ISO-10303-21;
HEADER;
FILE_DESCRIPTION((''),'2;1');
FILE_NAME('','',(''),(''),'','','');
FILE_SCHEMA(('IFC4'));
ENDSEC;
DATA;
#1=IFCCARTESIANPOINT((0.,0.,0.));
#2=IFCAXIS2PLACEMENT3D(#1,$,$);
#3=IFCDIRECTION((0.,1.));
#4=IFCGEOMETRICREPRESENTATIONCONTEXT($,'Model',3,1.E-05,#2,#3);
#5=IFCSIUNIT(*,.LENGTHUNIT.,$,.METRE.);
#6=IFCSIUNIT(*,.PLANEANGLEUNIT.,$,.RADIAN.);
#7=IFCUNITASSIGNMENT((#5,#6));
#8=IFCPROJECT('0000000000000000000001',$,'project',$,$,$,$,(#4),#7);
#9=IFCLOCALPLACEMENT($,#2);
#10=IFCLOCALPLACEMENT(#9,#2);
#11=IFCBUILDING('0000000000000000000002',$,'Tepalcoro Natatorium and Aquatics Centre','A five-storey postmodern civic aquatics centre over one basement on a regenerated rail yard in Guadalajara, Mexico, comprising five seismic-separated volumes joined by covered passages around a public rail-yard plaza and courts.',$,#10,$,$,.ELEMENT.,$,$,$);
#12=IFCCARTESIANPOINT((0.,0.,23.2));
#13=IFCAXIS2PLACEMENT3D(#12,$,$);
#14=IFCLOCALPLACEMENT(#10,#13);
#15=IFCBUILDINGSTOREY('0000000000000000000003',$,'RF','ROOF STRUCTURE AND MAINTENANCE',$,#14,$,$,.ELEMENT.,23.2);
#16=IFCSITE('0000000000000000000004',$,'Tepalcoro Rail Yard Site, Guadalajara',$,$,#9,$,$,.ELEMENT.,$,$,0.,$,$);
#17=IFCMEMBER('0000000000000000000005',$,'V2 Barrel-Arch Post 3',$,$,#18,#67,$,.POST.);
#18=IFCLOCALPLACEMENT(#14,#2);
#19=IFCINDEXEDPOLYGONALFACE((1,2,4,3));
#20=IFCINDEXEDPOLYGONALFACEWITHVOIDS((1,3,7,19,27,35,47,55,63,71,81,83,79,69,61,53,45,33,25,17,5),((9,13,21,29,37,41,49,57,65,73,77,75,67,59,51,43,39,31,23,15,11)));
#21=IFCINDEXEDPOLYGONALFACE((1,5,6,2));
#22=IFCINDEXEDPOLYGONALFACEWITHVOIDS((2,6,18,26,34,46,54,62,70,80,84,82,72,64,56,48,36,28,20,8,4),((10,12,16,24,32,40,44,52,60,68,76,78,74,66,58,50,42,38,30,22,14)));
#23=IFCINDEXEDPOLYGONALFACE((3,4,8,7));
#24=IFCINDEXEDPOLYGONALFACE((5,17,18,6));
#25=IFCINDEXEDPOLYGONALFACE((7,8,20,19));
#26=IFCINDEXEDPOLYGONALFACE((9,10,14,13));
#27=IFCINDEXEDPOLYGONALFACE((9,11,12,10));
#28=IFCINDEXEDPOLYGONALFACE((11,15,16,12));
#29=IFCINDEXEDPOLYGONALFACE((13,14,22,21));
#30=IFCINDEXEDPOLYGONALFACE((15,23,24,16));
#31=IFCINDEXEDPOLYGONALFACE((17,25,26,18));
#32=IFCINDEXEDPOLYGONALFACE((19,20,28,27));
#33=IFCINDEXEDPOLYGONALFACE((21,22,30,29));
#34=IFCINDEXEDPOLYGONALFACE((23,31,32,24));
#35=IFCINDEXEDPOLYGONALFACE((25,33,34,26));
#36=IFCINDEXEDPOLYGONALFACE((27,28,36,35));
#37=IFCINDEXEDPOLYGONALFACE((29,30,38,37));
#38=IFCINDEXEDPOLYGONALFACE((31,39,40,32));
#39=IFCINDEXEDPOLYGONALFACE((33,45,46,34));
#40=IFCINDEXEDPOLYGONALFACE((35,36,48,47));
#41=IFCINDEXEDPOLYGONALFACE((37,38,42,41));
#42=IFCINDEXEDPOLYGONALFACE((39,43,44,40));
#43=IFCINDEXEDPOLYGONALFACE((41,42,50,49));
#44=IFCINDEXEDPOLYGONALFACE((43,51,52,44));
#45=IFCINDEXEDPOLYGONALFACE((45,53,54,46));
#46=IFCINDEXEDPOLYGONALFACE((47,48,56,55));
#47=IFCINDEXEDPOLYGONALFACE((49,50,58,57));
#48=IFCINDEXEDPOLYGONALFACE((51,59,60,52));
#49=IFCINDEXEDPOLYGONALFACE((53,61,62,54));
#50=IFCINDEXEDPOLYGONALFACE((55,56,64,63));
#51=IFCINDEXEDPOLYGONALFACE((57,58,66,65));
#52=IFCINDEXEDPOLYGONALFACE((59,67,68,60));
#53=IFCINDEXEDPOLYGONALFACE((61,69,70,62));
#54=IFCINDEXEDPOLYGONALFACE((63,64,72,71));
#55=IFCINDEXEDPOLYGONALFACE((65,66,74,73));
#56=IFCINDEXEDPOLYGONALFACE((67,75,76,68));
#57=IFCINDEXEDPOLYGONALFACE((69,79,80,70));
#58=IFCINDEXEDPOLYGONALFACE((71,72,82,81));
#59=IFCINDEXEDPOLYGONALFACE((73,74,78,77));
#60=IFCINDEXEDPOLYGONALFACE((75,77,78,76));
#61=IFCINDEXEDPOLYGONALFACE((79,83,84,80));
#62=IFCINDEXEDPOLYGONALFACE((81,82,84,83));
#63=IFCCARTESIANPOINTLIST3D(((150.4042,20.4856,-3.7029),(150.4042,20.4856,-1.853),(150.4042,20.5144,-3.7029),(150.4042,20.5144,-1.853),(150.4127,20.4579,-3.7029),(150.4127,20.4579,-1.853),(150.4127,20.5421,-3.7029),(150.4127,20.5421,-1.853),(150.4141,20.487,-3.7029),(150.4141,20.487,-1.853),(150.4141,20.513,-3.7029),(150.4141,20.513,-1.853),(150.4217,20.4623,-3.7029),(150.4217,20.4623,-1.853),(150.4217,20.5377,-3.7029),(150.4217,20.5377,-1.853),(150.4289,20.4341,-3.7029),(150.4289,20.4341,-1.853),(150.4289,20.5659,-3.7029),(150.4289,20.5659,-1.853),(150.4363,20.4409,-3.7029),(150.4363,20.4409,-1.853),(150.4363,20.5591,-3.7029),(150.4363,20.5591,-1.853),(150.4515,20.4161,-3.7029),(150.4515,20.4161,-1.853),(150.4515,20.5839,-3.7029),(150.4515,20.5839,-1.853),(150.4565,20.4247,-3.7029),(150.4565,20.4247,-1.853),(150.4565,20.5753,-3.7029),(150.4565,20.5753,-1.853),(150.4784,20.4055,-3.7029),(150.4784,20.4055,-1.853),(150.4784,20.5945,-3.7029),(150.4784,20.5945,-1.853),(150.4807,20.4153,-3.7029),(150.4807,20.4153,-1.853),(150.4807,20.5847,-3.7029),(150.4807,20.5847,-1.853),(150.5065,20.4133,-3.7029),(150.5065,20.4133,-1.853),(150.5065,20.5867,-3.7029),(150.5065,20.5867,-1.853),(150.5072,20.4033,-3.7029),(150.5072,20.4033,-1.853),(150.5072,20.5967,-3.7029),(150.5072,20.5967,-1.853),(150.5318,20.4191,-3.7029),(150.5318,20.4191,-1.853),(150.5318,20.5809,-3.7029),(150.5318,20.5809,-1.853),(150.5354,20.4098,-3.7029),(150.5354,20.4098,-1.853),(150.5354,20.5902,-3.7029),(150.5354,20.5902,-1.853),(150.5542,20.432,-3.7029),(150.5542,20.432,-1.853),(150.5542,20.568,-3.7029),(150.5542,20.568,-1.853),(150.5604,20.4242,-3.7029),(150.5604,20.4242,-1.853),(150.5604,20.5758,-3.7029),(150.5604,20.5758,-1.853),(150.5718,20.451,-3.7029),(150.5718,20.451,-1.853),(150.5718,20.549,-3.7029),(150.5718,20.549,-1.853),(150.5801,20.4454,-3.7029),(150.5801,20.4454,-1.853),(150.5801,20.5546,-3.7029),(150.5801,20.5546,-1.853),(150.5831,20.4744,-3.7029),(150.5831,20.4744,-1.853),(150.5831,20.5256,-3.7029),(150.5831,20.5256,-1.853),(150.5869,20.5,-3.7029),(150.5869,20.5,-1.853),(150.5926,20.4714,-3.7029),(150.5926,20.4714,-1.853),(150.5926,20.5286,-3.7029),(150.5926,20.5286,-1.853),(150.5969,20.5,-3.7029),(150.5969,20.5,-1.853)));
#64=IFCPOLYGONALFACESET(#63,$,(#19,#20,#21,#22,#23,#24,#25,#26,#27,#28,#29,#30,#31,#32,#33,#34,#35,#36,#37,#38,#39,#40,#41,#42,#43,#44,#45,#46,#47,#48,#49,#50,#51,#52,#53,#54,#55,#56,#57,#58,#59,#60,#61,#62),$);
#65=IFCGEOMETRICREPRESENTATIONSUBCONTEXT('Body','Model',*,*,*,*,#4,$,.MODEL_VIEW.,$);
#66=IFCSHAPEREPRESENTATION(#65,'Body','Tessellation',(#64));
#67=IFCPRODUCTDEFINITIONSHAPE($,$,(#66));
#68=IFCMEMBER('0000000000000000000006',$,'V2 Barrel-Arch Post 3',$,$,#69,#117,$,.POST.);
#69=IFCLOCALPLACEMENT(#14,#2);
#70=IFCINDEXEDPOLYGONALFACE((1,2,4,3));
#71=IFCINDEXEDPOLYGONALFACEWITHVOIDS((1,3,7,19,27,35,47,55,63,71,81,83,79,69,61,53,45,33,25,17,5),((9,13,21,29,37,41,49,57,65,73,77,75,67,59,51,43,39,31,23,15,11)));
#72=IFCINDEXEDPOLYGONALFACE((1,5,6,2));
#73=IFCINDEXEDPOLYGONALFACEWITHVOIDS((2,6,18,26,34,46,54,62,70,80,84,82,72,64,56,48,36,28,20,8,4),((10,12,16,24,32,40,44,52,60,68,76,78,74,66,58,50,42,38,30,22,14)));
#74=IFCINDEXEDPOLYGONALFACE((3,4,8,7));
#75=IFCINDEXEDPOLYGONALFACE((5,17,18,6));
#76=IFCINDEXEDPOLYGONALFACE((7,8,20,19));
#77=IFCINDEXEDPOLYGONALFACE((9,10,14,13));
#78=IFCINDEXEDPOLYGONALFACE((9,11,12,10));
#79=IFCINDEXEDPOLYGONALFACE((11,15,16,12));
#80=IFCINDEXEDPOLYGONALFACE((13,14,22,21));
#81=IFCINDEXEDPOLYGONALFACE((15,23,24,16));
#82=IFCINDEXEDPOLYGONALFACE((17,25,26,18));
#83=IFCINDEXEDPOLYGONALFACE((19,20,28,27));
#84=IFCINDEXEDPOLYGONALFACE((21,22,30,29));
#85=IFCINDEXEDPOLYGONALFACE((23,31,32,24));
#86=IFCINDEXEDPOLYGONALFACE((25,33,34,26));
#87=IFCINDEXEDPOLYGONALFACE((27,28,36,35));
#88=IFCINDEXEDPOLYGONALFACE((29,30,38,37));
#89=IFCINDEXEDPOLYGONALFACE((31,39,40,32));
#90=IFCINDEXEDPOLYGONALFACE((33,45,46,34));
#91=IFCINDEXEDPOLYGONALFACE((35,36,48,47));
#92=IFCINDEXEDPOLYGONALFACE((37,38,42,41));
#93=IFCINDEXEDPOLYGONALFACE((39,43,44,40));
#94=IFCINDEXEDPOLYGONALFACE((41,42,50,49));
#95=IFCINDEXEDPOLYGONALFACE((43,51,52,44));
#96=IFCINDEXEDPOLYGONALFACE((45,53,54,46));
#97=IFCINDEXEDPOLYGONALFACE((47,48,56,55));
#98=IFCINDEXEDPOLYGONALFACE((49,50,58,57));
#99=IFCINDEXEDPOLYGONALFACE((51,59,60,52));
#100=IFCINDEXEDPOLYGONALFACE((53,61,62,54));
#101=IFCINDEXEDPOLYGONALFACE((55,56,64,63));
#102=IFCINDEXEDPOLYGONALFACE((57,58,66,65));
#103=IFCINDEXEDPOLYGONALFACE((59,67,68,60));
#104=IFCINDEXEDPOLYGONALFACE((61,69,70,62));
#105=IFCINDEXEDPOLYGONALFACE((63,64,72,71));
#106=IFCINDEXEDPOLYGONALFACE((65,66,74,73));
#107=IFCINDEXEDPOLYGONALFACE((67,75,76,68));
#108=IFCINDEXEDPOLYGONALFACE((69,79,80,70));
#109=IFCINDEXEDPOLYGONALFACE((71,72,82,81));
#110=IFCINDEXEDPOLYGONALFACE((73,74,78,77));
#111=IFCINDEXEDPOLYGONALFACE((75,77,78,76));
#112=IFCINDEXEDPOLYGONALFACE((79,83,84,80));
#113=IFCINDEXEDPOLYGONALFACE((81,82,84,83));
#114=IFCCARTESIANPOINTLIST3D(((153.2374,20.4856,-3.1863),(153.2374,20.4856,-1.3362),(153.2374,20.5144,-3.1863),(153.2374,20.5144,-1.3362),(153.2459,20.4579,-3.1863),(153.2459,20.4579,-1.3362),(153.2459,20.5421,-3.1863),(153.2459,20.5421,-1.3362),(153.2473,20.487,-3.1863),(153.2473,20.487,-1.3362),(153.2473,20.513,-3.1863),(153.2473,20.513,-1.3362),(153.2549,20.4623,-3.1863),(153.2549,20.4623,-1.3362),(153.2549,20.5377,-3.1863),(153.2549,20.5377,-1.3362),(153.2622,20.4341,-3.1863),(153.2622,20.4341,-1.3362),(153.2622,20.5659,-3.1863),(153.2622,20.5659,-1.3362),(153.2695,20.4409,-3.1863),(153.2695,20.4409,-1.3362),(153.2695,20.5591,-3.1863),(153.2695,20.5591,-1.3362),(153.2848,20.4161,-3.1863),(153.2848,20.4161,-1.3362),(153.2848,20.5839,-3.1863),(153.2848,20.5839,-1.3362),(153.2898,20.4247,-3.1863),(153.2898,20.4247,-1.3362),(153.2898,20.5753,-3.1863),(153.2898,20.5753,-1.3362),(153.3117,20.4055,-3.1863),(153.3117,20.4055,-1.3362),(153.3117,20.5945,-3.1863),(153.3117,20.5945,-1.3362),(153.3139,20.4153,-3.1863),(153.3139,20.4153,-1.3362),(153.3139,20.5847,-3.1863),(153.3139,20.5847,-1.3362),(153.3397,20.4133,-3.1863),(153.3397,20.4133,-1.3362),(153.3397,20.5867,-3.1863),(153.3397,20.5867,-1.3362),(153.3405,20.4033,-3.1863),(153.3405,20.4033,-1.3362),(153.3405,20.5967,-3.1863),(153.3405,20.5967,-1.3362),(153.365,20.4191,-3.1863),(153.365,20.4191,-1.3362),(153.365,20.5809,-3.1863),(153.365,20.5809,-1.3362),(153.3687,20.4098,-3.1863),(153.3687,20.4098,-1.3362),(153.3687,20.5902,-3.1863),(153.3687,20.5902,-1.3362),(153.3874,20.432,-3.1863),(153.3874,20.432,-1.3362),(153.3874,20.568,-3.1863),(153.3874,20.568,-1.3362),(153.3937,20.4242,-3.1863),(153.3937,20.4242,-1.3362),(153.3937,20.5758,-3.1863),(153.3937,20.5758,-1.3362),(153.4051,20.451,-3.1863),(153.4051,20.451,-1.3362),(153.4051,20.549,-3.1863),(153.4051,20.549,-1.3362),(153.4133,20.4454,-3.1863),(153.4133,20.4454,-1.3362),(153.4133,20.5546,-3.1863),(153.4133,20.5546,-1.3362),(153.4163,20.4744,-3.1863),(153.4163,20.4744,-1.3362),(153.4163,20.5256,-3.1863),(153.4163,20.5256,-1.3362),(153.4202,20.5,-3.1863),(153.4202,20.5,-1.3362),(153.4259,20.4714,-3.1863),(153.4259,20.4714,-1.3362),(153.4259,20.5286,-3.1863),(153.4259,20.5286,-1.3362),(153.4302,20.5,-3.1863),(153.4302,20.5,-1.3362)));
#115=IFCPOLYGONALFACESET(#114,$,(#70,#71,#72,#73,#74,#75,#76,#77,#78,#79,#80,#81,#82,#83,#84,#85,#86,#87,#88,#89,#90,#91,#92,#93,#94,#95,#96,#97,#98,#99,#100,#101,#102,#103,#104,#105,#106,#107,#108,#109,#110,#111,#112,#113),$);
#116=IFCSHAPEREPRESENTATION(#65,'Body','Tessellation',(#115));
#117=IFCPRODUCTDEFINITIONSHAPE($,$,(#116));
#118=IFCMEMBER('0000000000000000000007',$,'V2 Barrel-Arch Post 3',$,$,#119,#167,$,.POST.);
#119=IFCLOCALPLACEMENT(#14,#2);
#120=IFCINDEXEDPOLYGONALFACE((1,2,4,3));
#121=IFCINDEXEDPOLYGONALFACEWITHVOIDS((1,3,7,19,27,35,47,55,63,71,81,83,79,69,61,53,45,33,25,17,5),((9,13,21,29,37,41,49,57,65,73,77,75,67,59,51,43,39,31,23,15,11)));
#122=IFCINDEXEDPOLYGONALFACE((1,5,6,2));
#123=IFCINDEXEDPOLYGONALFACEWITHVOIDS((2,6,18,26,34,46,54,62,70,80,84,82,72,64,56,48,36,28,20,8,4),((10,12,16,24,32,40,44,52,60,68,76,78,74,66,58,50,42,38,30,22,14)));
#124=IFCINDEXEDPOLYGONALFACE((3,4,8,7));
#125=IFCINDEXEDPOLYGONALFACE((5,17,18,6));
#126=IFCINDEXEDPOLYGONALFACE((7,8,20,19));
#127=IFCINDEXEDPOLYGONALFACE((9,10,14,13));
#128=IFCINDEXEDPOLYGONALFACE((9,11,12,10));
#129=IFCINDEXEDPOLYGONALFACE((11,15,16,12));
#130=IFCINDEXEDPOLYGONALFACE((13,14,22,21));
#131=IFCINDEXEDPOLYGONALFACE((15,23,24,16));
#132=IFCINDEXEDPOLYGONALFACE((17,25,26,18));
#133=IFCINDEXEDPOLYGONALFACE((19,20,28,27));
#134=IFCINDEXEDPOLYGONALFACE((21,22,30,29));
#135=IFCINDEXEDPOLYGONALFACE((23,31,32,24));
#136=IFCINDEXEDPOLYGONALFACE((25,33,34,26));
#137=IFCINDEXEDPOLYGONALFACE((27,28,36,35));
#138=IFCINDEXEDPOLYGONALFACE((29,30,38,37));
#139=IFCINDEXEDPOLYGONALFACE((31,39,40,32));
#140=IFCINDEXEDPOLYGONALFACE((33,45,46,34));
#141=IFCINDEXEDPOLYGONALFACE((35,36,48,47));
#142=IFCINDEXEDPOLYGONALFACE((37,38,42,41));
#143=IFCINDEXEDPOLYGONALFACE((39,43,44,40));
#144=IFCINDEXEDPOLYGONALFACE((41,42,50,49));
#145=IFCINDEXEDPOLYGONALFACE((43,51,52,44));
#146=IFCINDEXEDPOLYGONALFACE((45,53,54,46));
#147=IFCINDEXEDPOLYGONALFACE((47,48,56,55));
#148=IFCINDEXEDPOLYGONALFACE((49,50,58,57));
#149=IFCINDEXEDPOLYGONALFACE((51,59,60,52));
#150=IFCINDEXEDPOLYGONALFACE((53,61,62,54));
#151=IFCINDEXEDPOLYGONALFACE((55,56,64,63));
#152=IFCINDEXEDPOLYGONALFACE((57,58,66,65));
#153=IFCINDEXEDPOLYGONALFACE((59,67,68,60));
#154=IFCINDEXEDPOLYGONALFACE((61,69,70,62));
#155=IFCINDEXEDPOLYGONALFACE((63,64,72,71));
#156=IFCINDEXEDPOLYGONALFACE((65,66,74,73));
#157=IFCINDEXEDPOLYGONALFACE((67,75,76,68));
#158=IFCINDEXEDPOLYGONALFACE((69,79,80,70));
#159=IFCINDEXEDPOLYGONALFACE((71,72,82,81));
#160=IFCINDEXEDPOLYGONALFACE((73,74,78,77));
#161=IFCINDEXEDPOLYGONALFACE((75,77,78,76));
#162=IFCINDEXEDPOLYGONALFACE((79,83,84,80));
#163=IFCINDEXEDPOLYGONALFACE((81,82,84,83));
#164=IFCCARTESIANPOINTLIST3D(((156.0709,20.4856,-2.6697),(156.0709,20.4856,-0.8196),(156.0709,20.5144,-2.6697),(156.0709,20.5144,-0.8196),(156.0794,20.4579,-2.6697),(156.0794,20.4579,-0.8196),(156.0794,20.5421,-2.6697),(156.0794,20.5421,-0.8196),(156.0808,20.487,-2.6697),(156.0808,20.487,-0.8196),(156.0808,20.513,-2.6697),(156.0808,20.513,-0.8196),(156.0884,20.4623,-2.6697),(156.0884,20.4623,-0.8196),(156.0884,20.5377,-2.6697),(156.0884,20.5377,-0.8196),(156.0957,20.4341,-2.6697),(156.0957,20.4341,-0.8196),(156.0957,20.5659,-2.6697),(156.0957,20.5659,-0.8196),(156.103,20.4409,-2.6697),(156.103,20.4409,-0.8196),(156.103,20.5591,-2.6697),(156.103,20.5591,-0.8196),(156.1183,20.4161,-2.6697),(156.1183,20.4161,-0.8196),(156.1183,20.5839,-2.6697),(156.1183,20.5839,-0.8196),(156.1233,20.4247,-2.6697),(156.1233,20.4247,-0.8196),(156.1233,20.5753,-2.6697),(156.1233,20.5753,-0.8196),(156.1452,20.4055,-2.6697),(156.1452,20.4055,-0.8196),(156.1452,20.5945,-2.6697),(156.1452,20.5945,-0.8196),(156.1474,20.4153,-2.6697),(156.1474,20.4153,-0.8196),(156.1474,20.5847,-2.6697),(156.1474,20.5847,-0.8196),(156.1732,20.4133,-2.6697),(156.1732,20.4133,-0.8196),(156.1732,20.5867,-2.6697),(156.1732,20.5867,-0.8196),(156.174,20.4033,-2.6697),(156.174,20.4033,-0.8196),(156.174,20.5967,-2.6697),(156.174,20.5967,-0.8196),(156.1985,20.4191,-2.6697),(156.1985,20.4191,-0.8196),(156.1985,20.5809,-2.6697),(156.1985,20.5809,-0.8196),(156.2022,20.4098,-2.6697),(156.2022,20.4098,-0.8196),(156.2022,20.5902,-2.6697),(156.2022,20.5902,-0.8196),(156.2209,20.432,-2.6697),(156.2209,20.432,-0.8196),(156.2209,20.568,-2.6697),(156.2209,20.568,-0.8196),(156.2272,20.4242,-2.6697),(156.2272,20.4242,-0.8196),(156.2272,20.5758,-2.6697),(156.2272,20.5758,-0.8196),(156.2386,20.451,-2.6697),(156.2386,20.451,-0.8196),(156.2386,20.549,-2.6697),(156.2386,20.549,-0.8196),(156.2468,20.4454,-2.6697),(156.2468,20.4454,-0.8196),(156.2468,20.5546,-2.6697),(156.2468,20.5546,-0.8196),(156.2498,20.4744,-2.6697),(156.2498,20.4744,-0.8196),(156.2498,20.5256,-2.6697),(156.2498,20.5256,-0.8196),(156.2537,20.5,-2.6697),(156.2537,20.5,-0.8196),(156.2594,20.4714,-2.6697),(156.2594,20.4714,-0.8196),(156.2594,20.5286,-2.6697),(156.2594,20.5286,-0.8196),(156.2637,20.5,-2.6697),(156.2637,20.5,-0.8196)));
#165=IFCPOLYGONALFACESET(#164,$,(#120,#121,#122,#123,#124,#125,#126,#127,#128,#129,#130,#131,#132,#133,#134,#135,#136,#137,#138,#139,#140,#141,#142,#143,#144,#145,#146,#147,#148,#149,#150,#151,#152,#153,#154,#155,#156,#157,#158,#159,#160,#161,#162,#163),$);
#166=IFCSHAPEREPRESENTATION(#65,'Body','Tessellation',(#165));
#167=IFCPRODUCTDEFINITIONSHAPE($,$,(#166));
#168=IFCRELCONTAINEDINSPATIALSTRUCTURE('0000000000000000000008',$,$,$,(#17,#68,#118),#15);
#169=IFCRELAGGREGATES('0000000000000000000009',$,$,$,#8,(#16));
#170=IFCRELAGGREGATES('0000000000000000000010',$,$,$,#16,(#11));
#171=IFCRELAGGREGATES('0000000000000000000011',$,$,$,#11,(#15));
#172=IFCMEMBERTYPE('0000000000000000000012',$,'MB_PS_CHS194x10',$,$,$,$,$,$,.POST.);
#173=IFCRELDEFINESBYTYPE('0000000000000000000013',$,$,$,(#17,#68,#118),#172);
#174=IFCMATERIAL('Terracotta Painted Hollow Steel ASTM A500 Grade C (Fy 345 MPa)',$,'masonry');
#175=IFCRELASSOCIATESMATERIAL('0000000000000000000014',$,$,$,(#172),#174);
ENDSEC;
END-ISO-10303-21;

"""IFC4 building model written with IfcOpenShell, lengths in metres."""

from ifc_helpers import new_model, si_unit, direction, frame, origin, origin_2d, place, context, subcontext, project, spatial, hollow_circle, extrude, material, material_profile, profile_set, type_object, element, save


model = new_model("IFC4")

# Units and contexts
model_context = context("Model", 3, precision=1e-05, world=origin(), true_north=direction((0.0, 1.0)))
body_context = subcontext(model_context, "Body", "Model", "MODEL_VIEW")
ifc_project = project(units=[si_unit("LENGTHUNIT", "METRE"), si_unit("PLANEANGLEUNIT", "RADIAN")], contexts=[model_context])

# Site, building, storey
site_placement = place(None, origin())
site = spatial("IfcSite", under=ifc_project, at=site_placement, Name="Tepalcoro Rail Yard Site, Guadalajara", CompositionType="ELEMENT", RefElevation=0.0)
building_placement = place(site_placement, origin())
building = spatial("IfcBuilding", under=site, at=building_placement, Name="Tepalcoro Natatorium and Aquatics Centre", Description="A five-storey postmodern civic aquatics centre over one basement on a regenerated rail yard in Guadalajara, Mexico, comprising five seismic-separated volumes joined by covered passages around a public rail-yard plaza and courts.", CompositionType="ELEMENT")
storey_placement = place(building_placement, frame((0.0, 0.0, 23.2)))
storey = spatial("IfcBuildingStorey", under=building, at=storey_placement, Name="RF", Description="ROOF STRUCTURE AND MAINTENANCE", CompositionType="ELEMENT", Elevation=23.2)

# Shared definitions
ifc_material_1 = material(Name="Terracotta Painted Hollow Steel ASTM A500 Grade C (Fy 345 MPa)", Category="masonry")

# Members
ifc_material_profile_1 = material_profile(ifc_material_1, hollow_circle(Radius=0.0969, WallThickness=0.01, at=origin_2d()), Name="CHS194X10")
ifc_profile_set_1 = profile_set([ifc_material_profile_1], Name="Terracotta Painted Hollow Steel ASTM A500 Grade C (Fy 345 MPa)")
member_type_1 = type_object("IfcMemberType", Name="MB_PS_CHS194x10", PredefinedType="POST", material=ifc_profile_set_1)
member_1_placement = place(storey_placement, frame((150.5, 20.5, -3.7029), z_axis=(0.0, 0.0, 1.0), x_axis=(1.0, 0.0, 0.0)))
element("IfcMember", 1, at=member_1_placement, inside=storey, type_object=member_type_1, Name="V2 Barrel-Arch Post 3", PredefinedType="POST", context=body_context, shape_type="SweptSolid", body=[
    extrude(hollow_circle(Radius=0.0969, WallThickness=0.01, at=origin_2d()), origin(), (0.0, 0.0, 1.0), 1.8499),
])
for number, where, z_axis, x_axis, name in (
    (2, (153.3333, 20.5, -3.1863), (0.0, 0.0, 1.0), (1.0, 0.0, 0.0), "V2 Barrel-Arch Post 3"),
    (3, (156.1667, 20.5, -2.6697), (0.0, 0.0, 1.0), (1.0, 0.0, 0.0), "V2 Barrel-Arch Post 3"),
):
    element("IfcMember", number, at=place(storey_placement, frame(where, z_axis=z_axis, x_axis=x_axis)), inside=storey, type_object=member_type_1, Name=name, PredefinedType="POST", context=body_context, shape_type="SweptSolid", body=[
        extrude(hollow_circle(Radius=0.0969, WallThickness=0.01, at=origin_2d()), origin(), (0.0, 0.0, 1.0), 1.8501),
    ])

save(model, "model.ifc")
